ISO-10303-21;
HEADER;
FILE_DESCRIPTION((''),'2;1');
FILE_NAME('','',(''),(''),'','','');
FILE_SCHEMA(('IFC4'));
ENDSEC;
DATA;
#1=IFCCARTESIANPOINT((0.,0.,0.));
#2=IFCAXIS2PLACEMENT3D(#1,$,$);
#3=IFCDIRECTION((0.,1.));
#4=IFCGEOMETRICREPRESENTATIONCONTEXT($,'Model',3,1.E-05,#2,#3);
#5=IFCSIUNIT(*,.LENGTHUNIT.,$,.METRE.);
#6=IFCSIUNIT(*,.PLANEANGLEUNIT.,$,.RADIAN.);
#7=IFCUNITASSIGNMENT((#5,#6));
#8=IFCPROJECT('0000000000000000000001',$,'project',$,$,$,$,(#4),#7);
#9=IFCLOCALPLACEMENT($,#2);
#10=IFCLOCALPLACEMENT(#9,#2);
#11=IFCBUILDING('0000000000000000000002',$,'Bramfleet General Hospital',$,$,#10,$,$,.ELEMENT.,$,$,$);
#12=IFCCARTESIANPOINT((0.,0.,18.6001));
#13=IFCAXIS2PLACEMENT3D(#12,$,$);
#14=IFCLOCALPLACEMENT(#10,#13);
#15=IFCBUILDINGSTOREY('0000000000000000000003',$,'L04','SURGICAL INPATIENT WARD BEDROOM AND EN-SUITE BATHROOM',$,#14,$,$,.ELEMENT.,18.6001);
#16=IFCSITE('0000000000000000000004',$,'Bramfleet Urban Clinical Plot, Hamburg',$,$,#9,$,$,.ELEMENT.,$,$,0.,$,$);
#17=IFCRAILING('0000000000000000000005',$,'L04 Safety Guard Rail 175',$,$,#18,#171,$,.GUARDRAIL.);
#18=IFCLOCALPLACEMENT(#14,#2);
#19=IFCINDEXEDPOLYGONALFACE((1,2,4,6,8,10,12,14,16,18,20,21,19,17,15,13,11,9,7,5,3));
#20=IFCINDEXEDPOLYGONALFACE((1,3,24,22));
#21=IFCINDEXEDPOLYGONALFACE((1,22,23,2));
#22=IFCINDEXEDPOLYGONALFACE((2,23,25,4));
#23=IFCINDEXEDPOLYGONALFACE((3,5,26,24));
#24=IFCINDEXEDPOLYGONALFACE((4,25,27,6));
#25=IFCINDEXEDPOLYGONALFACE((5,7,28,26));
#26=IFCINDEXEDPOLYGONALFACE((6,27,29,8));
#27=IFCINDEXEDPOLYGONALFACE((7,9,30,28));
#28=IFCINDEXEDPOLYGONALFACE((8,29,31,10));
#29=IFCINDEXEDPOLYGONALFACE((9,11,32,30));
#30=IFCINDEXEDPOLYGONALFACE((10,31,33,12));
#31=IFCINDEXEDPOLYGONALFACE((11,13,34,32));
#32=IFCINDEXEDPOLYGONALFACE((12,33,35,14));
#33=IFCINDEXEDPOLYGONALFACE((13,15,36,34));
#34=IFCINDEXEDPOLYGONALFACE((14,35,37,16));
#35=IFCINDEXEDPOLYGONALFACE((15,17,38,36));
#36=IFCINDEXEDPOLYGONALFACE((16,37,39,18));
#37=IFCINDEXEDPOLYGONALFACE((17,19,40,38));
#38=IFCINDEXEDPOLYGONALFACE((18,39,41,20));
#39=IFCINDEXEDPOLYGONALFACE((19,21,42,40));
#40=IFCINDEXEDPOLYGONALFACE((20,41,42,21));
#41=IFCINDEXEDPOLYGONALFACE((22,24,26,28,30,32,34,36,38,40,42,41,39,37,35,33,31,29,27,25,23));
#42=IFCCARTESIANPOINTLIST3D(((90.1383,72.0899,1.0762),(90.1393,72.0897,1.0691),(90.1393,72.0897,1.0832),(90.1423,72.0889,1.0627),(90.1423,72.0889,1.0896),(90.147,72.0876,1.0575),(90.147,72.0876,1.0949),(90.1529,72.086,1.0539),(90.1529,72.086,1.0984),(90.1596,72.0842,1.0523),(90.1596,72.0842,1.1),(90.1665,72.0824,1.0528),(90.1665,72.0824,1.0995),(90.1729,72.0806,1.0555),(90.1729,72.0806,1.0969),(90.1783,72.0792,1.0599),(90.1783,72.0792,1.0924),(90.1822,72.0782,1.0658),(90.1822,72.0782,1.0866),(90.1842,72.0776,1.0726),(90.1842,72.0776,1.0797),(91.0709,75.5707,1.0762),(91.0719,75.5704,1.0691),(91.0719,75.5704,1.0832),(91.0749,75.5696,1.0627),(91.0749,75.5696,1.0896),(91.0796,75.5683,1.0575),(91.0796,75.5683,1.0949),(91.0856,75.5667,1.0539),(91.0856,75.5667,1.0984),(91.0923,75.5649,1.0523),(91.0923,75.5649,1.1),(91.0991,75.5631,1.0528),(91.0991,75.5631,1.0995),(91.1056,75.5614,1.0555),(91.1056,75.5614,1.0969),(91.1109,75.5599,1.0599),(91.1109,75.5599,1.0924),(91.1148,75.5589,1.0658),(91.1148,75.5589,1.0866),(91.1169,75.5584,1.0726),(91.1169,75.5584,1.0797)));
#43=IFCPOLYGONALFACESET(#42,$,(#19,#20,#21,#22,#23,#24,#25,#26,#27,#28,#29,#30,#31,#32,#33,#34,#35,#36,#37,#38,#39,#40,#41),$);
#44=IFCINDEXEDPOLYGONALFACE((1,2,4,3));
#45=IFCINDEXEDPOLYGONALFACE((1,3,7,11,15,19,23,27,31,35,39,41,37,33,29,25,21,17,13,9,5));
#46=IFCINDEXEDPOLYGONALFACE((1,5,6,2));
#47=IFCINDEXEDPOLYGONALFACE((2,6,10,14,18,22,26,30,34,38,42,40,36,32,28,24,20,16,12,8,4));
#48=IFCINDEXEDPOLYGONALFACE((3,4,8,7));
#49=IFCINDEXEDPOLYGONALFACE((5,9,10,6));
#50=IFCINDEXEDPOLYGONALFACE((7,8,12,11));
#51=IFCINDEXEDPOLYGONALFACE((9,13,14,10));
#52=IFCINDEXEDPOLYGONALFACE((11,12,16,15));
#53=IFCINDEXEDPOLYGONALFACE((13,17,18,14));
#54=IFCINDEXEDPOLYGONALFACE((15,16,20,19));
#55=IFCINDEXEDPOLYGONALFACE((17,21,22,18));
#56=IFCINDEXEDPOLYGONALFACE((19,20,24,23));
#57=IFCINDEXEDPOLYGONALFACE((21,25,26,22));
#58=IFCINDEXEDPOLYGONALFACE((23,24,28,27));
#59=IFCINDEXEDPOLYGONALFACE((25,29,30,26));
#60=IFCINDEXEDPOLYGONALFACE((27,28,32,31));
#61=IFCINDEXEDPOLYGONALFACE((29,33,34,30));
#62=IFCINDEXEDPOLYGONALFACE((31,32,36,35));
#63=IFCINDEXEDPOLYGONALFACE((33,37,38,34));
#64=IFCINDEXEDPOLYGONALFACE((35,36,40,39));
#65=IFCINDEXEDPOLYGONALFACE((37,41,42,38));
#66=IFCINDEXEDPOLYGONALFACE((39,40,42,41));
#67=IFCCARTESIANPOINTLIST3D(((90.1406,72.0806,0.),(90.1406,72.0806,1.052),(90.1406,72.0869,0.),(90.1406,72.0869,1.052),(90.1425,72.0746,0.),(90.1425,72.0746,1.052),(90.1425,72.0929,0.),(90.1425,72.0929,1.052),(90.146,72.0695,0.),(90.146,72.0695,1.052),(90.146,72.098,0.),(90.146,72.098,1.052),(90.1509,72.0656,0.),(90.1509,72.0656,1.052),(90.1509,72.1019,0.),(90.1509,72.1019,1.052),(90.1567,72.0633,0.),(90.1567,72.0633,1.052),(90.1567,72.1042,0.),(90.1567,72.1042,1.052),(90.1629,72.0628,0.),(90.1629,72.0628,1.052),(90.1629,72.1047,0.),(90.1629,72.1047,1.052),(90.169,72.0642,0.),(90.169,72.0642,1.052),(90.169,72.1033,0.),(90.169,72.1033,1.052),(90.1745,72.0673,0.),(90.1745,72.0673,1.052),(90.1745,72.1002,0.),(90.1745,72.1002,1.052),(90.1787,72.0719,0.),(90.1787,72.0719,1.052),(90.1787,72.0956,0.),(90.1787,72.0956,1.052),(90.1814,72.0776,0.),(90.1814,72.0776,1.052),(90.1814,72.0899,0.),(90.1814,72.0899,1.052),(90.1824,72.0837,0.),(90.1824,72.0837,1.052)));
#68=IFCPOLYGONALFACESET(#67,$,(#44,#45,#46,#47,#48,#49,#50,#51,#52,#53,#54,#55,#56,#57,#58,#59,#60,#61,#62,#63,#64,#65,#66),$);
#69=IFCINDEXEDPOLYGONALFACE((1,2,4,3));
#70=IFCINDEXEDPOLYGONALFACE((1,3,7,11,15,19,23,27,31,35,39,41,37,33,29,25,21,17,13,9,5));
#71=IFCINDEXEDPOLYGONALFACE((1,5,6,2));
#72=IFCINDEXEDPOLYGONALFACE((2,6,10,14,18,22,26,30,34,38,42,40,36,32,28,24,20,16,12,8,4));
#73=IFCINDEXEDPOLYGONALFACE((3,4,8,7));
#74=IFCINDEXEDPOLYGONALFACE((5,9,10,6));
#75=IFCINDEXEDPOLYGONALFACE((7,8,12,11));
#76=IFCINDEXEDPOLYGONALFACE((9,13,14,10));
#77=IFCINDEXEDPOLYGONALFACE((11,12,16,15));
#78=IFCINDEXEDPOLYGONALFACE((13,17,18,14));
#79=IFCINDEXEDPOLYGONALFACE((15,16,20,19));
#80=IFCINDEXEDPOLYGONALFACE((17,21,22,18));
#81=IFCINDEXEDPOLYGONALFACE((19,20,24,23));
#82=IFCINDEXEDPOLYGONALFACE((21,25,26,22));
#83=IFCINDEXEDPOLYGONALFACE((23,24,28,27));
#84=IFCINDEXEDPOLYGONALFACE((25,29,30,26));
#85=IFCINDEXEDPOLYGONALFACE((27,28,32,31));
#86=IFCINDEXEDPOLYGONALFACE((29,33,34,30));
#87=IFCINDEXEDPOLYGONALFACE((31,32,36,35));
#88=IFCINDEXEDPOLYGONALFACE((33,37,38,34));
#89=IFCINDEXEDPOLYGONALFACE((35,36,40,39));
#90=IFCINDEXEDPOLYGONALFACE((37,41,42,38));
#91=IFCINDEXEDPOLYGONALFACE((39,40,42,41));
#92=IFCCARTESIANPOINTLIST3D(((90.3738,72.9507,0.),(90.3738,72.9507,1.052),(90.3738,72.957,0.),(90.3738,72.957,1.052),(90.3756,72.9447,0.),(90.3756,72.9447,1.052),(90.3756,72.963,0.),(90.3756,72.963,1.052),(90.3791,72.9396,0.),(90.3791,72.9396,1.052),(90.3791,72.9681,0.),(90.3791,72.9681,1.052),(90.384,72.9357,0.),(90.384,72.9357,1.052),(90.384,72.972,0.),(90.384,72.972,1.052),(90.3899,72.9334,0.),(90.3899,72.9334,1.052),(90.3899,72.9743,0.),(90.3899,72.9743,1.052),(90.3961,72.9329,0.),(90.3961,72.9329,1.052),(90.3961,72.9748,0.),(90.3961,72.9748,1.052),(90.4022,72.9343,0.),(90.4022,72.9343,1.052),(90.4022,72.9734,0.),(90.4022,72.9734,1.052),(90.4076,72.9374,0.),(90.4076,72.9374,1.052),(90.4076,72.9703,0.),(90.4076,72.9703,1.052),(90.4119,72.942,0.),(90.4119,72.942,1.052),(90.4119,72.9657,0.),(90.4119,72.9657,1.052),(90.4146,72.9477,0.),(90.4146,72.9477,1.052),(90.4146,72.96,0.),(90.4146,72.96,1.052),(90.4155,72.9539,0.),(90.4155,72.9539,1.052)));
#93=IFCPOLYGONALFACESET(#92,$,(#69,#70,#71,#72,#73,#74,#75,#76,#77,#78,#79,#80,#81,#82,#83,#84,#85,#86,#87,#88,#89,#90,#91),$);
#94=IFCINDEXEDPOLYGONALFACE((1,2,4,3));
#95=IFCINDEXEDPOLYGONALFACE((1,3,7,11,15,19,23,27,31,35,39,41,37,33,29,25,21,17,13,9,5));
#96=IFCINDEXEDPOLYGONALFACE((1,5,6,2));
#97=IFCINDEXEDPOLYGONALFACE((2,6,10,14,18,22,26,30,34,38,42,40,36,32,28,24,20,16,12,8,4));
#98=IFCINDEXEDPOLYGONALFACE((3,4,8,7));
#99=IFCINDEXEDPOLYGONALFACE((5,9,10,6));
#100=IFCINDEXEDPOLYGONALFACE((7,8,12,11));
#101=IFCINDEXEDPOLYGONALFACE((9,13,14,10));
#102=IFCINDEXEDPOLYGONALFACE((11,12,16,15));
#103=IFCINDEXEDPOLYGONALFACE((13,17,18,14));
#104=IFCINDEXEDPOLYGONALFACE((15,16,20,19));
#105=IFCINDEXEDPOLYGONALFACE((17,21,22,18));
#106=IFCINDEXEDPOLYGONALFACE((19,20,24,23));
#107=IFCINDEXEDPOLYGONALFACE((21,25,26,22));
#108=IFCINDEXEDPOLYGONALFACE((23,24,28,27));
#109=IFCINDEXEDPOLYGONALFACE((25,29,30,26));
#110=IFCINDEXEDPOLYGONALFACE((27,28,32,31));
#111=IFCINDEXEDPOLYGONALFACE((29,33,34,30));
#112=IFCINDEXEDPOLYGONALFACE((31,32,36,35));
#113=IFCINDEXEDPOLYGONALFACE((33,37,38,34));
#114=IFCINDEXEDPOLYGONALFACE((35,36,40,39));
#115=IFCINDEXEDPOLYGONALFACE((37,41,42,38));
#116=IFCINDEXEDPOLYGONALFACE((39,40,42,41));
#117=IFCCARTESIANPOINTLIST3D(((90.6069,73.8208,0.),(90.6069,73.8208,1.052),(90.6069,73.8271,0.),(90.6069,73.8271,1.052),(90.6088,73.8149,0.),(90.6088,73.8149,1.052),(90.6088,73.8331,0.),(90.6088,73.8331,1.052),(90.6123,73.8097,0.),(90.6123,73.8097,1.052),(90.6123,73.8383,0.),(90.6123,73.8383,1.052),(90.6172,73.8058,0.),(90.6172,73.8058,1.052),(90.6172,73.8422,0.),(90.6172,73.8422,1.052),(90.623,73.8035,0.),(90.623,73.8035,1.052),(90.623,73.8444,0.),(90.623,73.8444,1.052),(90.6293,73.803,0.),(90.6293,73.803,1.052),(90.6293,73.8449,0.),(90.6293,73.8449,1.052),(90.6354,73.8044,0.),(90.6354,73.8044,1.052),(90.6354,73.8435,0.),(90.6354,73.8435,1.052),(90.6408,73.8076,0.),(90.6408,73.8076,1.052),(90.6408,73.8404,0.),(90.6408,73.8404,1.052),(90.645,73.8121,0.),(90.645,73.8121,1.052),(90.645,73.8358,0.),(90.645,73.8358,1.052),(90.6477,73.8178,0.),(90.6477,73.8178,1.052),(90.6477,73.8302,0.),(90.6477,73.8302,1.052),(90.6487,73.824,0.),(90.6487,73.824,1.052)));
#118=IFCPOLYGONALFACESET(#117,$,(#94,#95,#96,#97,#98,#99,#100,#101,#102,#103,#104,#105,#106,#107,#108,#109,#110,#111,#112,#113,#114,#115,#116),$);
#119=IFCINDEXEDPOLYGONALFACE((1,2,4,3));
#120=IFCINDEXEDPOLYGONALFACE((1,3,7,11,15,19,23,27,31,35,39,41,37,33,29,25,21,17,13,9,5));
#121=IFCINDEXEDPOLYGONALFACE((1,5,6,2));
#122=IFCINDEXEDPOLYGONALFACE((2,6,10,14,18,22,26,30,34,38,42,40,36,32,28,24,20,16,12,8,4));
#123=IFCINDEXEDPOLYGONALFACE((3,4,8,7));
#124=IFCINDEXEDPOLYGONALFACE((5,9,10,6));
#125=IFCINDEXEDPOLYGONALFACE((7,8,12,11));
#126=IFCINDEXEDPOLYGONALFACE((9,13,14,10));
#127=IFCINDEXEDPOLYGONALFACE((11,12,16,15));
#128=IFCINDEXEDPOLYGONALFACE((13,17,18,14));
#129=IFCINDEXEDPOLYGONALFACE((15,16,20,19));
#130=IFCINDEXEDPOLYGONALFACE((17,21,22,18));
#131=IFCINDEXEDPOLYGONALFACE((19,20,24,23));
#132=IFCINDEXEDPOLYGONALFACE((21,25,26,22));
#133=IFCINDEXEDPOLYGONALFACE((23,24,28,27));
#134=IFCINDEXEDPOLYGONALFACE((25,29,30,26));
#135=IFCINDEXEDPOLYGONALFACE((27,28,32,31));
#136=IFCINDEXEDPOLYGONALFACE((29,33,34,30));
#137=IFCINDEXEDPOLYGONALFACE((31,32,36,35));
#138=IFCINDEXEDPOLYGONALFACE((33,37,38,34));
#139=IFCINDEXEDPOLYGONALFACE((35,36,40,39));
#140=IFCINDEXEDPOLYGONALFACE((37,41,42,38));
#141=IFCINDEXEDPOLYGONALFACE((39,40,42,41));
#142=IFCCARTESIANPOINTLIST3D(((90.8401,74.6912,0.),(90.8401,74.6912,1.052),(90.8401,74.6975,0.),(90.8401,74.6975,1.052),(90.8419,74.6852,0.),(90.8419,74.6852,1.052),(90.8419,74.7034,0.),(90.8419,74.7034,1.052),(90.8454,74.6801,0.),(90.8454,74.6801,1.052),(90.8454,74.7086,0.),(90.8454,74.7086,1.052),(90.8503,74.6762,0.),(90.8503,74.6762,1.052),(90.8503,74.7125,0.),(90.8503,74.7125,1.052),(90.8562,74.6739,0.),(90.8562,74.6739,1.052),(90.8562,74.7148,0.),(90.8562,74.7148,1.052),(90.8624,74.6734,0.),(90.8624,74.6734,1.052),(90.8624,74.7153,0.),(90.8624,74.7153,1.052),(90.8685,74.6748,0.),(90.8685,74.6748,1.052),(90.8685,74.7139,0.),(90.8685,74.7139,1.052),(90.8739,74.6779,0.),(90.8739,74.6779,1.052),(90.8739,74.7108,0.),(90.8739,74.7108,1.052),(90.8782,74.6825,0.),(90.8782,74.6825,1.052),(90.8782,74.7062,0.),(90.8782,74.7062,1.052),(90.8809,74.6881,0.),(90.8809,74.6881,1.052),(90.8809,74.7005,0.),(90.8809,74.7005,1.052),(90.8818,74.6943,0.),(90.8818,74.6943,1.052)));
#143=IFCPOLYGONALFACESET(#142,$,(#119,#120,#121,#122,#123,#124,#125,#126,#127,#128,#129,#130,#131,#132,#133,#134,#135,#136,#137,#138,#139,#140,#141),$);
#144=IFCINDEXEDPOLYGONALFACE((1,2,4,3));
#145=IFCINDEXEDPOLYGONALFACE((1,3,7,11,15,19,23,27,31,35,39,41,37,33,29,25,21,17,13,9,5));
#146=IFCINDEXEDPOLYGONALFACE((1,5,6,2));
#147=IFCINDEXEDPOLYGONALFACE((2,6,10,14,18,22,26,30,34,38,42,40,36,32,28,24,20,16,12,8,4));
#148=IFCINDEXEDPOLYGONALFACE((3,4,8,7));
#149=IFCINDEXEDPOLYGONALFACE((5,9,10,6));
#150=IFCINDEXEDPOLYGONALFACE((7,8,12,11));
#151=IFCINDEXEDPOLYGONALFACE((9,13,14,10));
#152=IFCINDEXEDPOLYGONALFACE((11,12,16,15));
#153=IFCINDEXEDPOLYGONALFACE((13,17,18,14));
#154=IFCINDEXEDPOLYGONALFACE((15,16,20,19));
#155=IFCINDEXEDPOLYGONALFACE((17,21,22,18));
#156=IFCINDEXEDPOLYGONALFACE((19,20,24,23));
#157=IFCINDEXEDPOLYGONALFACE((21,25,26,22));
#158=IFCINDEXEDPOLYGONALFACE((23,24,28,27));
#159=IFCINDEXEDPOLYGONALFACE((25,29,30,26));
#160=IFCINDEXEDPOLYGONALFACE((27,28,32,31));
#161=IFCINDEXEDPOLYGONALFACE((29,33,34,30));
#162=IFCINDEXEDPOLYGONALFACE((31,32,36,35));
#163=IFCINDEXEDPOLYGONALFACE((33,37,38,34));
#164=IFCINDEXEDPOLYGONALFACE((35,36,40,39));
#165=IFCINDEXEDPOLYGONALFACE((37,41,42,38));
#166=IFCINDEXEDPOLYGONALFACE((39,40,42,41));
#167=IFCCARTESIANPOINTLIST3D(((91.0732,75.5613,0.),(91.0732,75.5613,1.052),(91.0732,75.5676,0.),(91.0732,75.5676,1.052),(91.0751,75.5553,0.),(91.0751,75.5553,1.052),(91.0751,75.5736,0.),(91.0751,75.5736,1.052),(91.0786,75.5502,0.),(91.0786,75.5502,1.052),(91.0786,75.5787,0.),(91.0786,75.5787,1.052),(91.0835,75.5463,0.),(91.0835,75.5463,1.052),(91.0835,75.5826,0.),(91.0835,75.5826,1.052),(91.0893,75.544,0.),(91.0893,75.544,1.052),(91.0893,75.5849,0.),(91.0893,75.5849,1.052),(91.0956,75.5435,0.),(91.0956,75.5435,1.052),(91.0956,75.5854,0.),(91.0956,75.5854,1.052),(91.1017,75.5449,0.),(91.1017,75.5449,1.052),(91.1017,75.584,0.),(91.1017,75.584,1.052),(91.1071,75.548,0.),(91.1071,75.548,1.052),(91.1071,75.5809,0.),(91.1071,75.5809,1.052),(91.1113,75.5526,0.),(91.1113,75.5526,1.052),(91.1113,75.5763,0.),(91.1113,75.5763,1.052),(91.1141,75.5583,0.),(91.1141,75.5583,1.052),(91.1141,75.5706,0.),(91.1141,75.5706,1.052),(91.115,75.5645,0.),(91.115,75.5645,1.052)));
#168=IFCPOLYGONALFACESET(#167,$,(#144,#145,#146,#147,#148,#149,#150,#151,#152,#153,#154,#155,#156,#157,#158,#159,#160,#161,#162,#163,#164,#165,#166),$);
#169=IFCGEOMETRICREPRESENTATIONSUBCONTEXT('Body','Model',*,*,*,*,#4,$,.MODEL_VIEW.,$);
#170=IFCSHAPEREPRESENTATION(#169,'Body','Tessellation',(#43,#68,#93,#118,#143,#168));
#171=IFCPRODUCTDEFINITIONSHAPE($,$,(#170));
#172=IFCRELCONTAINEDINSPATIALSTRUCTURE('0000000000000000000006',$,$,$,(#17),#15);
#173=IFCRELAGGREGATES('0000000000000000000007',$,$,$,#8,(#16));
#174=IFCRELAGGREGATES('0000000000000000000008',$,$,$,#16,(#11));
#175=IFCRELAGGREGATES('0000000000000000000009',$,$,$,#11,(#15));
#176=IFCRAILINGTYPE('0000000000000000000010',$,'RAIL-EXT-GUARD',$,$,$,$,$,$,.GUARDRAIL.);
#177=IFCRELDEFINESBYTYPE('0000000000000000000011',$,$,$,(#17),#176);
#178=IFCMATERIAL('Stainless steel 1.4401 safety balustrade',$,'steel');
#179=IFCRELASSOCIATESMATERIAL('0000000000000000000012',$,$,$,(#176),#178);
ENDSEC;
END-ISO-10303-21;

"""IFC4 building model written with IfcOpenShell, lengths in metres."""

from ifc_helpers import new_model, si_unit, direction, frame, origin, origin_2d, place, context, subcontext, project, spatial, circle, extrude, material, type_object, element, save


model = new_model("IFC4")

# Units and contexts
model_context = context("Model", 3, precision=1e-05, world=origin(), true_north=direction((0.0, 1.0)))
body_context = subcontext(model_context, "Body", "Model", "MODEL_VIEW")
ifc_project = project(units=[si_unit("LENGTHUNIT", "METRE"), si_unit("PLANEANGLEUNIT", "RADIAN")], contexts=[model_context])

# Site, building, storey
site_placement = place(None, origin())
site = spatial("IfcSite", under=ifc_project, at=site_placement, Name="Bramfleet Urban Clinical Plot, Hamburg", CompositionType="ELEMENT", RefElevation=0.0)
building_placement = place(site_placement, origin())
building = spatial("IfcBuilding", under=site, at=building_placement, Name="Bramfleet General Hospital", CompositionType="ELEMENT")
storey_placement = place(building_placement, frame((0.0, 0.0, 18.6001)))
storey = spatial("IfcBuildingStorey", under=building, at=storey_placement, Name="L04", Description="SURGICAL INPATIENT WARD BEDROOM AND EN-SUITE BATHROOM", CompositionType="ELEMENT", Elevation=18.6001)

# Railing
ifc_material_1 = material(Name="Stainless steel 1.4401 safety balustrade", Category="steel")
railing_type = type_object("IfcRailingType", Name="RAIL-EXT-GUARD", PredefinedType="GUARDRAIL", material=ifc_material_1)
railing_1_placement = place(storey_placement, frame((90.1614, 72.0837, 0.0)))
element("IfcRailing", 1, at=railing_1_placement, inside=storey, type_object=railing_type, Name="L04 Safety Guard Rail 175", PredefinedType="GUARDRAIL", context=body_context, shape_type="SweptSolid", body=[
    extrude(circle(Radius=0.0239, at=origin_2d()), frame((0.0, 0.0, 1.0762), z_axis=(0.258809, 0.965928, 0.0), x_axis=(-0.965928, 0.258809, 0.0)), (0.0, 0.0, 1.0), 3.6035),
    extrude(circle(Radius=0.021, at=origin_2d()), origin(), (0.0, 0.0, 1.0), 1.052),
    extrude(circle(Radius=0.021, at=origin_2d()), frame((0.2332, 0.8701, 0.0)), (0.0, 0.0, 1.0), 1.052),
    extrude(circle(Radius=0.021, at=origin_2d()), frame((0.4663, 1.7402, 0.0)), (0.0, 0.0, 1.0), 1.052),
    extrude(circle(Radius=0.021, at=origin_2d()), frame((0.6995, 2.6106, 0.0)), (0.0, 0.0, 1.0), 1.052),
    extrude(circle(Radius=0.021, at=origin_2d()), frame((0.9326, 3.4807, 0.0)), (0.0, 0.0, 1.0), 1.052),
])

save(model, "model.ifc")
